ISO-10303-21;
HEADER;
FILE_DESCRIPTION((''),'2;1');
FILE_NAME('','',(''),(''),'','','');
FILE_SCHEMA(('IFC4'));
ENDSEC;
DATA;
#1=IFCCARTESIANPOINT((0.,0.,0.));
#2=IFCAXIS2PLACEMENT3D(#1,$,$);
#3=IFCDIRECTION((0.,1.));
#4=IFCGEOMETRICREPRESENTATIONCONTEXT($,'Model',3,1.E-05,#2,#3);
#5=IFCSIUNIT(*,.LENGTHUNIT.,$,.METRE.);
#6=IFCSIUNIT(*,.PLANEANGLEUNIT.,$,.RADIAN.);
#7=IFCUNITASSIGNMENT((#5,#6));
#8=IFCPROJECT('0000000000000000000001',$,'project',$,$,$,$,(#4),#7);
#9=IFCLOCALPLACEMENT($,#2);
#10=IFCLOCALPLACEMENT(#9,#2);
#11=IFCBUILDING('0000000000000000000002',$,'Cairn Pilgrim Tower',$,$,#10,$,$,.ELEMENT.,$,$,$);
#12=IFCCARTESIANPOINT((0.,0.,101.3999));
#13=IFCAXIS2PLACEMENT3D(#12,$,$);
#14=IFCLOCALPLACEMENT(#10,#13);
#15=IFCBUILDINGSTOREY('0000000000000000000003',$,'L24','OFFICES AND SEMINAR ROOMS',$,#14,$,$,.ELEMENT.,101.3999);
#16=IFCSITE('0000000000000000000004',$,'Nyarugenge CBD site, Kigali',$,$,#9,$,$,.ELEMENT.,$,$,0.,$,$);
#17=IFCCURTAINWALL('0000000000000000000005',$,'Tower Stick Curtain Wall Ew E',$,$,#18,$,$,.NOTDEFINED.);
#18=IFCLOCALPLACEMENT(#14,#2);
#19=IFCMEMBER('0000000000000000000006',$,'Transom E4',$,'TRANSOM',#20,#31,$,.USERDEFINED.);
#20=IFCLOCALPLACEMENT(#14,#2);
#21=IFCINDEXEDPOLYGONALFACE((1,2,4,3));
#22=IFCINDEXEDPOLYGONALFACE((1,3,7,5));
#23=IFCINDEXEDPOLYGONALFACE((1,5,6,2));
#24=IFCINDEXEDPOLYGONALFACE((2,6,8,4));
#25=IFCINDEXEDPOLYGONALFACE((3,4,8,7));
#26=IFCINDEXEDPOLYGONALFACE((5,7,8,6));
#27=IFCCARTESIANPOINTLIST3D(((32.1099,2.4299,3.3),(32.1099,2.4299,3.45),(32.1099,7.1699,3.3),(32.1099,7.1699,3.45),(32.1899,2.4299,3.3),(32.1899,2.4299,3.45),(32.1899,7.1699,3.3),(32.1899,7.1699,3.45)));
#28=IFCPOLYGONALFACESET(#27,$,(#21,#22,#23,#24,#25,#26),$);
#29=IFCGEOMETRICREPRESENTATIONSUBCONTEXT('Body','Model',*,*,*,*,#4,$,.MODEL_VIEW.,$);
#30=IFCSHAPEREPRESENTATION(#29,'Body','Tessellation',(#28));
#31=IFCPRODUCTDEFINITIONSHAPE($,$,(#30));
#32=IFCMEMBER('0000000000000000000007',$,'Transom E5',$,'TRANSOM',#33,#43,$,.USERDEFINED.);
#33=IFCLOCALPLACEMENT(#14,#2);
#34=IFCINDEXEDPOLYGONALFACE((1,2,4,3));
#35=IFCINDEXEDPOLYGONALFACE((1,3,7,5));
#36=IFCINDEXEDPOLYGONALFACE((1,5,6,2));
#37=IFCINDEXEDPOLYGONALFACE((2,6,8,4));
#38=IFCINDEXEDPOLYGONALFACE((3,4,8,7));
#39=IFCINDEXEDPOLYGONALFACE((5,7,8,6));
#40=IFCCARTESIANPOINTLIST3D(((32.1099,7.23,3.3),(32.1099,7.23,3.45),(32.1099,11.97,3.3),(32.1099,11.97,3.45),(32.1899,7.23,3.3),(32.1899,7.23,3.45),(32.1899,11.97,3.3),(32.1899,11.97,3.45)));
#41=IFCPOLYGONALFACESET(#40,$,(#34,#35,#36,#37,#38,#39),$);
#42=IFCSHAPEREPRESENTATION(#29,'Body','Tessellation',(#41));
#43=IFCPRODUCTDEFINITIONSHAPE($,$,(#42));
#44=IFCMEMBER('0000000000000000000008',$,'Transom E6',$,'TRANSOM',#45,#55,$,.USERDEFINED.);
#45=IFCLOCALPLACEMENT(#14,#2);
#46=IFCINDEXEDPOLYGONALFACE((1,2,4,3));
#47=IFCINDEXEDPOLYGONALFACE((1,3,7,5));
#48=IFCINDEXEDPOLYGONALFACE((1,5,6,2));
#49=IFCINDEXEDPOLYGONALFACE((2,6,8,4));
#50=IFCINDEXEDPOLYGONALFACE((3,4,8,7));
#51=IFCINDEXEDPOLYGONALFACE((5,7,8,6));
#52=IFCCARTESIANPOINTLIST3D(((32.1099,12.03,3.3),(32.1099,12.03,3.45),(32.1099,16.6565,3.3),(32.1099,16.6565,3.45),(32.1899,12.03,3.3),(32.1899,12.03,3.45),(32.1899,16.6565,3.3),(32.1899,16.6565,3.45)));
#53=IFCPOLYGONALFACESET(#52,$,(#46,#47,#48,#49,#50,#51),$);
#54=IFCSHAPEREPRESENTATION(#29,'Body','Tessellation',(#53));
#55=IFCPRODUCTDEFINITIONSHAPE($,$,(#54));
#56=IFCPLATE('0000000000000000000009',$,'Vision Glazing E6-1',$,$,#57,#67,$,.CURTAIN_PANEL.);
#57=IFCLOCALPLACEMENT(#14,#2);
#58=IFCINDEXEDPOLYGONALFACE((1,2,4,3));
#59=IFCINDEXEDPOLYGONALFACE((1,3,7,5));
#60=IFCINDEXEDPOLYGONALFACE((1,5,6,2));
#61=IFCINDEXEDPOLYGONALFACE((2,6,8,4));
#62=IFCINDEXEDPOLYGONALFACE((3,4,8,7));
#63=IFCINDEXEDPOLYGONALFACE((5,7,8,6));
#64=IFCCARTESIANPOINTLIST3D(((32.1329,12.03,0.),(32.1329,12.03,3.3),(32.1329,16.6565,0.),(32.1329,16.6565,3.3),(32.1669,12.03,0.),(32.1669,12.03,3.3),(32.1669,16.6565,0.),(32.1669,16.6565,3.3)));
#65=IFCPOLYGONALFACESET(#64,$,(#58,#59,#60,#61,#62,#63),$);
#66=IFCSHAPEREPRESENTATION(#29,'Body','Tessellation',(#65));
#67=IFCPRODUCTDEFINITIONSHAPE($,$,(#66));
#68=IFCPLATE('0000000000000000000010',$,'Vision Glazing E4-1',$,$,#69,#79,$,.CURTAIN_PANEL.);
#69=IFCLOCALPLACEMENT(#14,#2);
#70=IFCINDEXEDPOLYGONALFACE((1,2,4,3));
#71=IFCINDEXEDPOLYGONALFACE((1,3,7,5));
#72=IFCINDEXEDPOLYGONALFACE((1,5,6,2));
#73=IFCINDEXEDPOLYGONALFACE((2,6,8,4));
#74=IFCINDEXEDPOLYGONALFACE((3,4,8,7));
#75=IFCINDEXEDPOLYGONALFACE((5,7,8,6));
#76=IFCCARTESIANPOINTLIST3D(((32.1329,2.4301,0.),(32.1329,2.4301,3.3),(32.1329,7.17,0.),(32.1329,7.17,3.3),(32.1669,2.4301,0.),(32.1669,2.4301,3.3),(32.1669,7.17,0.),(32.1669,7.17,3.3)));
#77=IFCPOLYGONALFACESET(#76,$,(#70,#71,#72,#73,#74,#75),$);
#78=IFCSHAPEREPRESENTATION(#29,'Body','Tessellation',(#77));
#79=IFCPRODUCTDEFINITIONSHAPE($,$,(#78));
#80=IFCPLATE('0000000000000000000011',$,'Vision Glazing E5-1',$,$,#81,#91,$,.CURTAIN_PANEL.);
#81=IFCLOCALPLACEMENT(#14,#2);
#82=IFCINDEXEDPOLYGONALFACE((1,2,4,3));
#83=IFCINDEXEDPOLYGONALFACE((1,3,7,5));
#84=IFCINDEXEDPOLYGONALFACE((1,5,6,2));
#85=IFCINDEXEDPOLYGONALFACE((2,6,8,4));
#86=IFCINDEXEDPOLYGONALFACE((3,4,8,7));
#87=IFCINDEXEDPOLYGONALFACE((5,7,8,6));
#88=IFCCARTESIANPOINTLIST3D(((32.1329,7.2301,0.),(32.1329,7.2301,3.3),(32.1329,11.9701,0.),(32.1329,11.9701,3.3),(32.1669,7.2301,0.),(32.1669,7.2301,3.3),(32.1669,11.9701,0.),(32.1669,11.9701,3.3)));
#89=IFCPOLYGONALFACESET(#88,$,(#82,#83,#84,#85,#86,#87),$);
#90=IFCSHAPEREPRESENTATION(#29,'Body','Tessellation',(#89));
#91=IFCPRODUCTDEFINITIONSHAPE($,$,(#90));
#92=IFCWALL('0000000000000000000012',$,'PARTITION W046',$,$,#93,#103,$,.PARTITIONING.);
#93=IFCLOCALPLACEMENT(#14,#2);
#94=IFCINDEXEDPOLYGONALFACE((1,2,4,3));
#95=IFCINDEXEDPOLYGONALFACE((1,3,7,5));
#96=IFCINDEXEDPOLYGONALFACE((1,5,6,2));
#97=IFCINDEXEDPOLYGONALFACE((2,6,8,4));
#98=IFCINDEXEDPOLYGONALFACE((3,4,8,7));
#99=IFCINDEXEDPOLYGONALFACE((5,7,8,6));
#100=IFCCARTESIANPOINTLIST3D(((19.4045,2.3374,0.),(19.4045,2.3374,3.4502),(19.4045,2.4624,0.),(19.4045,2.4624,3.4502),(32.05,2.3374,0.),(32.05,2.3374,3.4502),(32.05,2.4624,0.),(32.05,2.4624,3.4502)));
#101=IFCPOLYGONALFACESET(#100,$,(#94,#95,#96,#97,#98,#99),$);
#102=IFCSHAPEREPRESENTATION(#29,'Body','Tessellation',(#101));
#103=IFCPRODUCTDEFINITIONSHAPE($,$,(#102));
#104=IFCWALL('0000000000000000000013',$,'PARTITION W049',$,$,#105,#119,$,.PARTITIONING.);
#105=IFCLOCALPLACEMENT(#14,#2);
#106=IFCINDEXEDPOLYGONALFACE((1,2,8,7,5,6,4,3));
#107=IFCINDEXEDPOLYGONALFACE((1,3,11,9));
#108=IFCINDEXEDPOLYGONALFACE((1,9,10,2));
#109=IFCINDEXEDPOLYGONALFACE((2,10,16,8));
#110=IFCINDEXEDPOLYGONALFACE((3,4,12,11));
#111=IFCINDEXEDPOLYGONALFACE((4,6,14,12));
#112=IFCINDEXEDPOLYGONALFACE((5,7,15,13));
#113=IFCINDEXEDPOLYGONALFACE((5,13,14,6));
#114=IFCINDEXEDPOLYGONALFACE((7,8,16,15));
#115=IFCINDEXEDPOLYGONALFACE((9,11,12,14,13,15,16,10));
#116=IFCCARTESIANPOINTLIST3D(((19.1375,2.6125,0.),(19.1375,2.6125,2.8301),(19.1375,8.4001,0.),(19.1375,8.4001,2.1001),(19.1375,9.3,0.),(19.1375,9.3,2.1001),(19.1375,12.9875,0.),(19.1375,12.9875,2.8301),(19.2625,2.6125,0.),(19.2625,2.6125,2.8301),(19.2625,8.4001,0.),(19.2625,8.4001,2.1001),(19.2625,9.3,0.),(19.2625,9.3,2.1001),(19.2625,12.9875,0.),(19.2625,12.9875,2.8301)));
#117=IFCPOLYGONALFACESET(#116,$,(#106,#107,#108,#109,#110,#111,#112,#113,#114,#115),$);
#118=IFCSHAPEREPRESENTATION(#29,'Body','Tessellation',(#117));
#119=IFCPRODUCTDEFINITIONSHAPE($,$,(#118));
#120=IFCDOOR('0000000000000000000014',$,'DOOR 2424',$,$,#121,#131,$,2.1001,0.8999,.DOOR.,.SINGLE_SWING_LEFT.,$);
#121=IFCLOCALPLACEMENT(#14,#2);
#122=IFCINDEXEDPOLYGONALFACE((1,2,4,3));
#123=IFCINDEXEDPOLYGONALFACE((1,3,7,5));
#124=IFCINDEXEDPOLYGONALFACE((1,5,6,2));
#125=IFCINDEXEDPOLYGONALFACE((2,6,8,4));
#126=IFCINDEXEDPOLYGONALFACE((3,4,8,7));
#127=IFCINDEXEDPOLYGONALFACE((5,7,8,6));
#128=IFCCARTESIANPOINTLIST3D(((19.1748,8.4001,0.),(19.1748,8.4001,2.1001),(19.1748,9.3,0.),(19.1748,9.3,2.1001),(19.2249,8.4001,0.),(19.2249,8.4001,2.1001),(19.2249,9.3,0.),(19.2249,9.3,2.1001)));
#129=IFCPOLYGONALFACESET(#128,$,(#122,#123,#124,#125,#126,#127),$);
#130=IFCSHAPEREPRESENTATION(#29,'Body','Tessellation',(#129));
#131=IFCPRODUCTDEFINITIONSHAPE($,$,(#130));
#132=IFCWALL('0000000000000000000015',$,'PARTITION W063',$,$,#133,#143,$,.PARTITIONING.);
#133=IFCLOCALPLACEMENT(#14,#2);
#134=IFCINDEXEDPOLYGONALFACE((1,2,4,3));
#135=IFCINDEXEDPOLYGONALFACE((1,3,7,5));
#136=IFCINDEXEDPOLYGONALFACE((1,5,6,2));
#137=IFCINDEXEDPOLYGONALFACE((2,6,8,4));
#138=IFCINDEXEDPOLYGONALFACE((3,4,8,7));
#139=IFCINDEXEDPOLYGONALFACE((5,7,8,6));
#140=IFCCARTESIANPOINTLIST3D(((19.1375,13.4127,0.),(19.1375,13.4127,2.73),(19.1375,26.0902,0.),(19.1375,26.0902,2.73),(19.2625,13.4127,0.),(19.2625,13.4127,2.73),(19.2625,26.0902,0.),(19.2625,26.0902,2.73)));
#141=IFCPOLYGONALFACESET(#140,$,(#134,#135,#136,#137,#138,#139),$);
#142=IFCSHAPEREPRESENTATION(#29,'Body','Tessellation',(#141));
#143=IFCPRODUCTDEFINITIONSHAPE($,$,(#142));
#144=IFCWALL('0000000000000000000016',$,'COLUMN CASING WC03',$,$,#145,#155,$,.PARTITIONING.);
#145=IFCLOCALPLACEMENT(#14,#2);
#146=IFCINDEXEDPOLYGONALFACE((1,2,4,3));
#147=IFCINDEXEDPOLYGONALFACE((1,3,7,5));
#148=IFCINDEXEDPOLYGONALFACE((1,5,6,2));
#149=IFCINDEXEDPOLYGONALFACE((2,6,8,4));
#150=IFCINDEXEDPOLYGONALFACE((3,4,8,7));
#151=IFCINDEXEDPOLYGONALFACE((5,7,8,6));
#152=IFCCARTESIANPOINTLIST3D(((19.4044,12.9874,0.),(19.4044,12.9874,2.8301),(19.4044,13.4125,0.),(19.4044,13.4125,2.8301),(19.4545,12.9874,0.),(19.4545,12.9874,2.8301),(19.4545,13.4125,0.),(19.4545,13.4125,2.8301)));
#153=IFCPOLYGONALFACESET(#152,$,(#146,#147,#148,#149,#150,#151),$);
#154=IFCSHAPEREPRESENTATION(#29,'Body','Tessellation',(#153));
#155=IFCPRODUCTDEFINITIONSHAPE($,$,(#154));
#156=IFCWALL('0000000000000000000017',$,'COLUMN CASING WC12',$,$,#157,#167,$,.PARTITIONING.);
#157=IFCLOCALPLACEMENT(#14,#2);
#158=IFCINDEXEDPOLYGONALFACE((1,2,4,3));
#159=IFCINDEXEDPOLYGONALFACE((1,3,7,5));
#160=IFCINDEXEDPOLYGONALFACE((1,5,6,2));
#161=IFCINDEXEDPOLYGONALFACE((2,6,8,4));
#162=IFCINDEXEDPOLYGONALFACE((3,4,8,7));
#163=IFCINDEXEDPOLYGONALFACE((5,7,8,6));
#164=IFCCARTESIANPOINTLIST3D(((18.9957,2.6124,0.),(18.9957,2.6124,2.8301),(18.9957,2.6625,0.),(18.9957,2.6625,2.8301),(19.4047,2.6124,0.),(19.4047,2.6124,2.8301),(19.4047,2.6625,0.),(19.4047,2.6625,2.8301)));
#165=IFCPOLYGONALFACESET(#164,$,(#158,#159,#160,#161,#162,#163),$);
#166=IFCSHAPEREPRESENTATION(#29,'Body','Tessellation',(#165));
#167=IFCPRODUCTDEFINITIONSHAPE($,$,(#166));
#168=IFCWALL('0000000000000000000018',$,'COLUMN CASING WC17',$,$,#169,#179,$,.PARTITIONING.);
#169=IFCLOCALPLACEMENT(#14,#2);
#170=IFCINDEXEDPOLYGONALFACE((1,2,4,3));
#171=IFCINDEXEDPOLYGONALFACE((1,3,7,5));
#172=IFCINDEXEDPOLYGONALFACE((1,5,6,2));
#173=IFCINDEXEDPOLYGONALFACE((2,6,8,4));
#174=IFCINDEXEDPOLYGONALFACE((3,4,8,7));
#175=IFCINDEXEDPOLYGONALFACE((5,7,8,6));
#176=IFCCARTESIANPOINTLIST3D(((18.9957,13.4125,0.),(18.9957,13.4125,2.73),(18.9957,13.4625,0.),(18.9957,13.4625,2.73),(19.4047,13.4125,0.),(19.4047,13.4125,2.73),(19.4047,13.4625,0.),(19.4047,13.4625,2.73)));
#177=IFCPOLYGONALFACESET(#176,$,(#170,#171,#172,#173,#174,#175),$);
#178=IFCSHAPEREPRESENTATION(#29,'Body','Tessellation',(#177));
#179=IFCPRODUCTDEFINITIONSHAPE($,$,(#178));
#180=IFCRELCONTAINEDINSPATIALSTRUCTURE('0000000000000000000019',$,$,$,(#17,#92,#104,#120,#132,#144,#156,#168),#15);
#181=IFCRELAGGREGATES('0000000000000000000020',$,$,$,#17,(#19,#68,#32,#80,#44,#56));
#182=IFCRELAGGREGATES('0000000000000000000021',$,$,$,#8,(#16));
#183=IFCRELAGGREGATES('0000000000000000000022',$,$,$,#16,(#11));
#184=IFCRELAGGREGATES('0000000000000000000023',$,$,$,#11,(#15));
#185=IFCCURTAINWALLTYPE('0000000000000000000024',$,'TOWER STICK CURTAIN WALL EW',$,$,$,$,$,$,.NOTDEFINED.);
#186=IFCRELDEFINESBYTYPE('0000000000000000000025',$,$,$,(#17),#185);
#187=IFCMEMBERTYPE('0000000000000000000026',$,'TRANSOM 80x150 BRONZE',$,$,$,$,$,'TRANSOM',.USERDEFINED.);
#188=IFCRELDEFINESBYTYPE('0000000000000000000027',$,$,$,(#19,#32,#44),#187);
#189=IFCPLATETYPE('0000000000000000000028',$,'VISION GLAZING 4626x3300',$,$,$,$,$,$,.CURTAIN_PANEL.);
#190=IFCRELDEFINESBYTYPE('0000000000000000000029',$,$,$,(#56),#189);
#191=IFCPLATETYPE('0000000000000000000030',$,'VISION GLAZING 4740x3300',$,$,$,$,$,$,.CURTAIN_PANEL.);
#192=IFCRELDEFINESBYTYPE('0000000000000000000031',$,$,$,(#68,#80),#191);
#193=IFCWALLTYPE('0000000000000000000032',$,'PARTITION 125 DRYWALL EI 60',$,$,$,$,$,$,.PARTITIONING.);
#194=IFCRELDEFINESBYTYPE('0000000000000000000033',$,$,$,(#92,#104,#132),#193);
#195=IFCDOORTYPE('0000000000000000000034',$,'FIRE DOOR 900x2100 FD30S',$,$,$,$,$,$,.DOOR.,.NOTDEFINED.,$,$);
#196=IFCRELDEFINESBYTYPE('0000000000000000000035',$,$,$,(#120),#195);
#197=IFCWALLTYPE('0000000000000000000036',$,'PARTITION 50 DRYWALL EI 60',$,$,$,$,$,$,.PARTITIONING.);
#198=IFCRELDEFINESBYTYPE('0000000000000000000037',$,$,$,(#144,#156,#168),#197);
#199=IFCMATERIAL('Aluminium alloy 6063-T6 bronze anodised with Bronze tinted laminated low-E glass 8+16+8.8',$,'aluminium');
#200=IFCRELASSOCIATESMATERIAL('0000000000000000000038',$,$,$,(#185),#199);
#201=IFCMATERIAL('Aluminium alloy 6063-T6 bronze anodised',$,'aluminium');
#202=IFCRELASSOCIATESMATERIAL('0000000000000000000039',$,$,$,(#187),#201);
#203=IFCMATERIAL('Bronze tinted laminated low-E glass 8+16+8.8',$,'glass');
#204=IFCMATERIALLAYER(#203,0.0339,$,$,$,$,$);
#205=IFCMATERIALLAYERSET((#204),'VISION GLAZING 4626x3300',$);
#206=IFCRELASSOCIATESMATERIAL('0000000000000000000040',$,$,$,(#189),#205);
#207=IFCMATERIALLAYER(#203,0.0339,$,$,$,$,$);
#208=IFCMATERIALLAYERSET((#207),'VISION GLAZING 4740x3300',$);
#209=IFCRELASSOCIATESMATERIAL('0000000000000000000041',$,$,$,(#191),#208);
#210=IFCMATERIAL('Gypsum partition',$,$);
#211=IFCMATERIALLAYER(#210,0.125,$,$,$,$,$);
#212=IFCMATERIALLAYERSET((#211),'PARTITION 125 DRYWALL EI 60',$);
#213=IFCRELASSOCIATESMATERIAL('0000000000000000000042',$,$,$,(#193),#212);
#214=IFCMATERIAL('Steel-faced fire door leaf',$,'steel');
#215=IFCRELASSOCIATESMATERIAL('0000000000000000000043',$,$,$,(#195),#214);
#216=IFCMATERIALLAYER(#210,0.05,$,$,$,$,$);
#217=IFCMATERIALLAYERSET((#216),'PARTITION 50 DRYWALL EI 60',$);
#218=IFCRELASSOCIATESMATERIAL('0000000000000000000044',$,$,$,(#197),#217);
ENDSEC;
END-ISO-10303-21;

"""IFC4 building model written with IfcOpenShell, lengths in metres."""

from ifc_helpers import new_model, si_unit, direction, frame, frame_2d, origin, origin_2d, place, context, subcontext, project, spatial, rectangle, extrude, material, layer, layer_set, material_profile, profile_set, type_object, element, fill, aggregate, save


model = new_model("IFC4")

# Units and contexts
model_context = context("Model", 3, precision=1e-05, world=origin(), true_north=direction((0.0, 1.0)))
body_context = subcontext(model_context, "Body", "Model", "MODEL_VIEW")
ifc_project = project(units=[si_unit("LENGTHUNIT", "METRE"), si_unit("PLANEANGLEUNIT", "RADIAN")], contexts=[model_context])

# Site, building, storey
site_placement = place(None, origin())
site = spatial("IfcSite", under=ifc_project, at=site_placement, Name="Nyarugenge CBD site, Kigali", CompositionType="ELEMENT", RefElevation=0.0)
building_placement = place(site_placement, origin())
building = spatial("IfcBuilding", under=site, at=building_placement, Name="Cairn Pilgrim Tower", CompositionType="ELEMENT")
storey_placement = place(building_placement, frame((0.0, 0.0, 101.3999)))
storey = spatial("IfcBuildingStorey", under=building, at=storey_placement, Name="L24", Description="OFFICES AND SEMINAR ROOMS", CompositionType="ELEMENT", Elevation=101.3999)

# Curtain wall
ifc_material_1 = material(Name="Aluminium alloy 6063-T6 bronze anodised with Bronze tinted laminated low-E glass 8+16+8.8", Category="aluminium")
curtain_wall_type = type_object("IfcCurtainWallType", Name="TOWER STICK CURTAIN WALL EW", PredefinedType="NOTDEFINED", material=ifc_material_1)
curtain_wall_placement = place(storey_placement, origin())
curtain_wall = element("IfcCurtainWall", 1, at=curtain_wall_placement, inside=storey, type_object=curtain_wall_type, Name="Tower Stick Curtain Wall Ew E", PredefinedType="NOTDEFINED")
ifc_material_2 = material(Name="Aluminium alloy 6063-T6 bronze anodised", Category="aluminium")

# Members
ifc_material_profile_1 = material_profile(ifc_material_2, rectangle(XDim=0.0801, YDim=0.1499, at=origin_2d()), Name="TRANSOM 80x150 BRONZE")
ifc_profile_set_1 = profile_set([ifc_material_profile_1], Name="Aluminium alloy 6063-T6 bronze anodised")
member_type_1 = type_object("IfcMemberType", Name="TRANSOM 80x150 BRONZE", ElementType="TRANSOM", PredefinedType="USERDEFINED", material=ifc_profile_set_1)
member_1_placement = place(storey_placement, frame((32.1499, 2.4299, 3.375), z_axis=(0.0, 1.0, 0.0), x_axis=(-1.0, 0.0, 0.0)))
member_1 = element("IfcMember", 2, at=member_1_placement, type_object=member_type_1, Name="Transom E4", ObjectType="TRANSOM", PredefinedType="USERDEFINED", context=body_context, shape_type="SweptSolid", body=[
    extrude(rectangle(XDim=0.0801, YDim=0.1499, at=origin_2d()), origin(), (0.0, 0.0, 1.0), 4.74),
])
member_2_placement = place(storey_placement, frame((32.1499, 7.23, 3.375), z_axis=(0.0, 1.0, 0.0), x_axis=(-1.0, 0.0, 0.0)))
member_2 = element("IfcMember", 3, at=member_2_placement, type_object=member_type_1, Name="Transom E5", ObjectType="TRANSOM", PredefinedType="USERDEFINED", context=body_context, shape_type="SweptSolid", body=[
    extrude(rectangle(XDim=0.0801, YDim=0.1499, at=origin_2d()), origin(), (0.0, 0.0, 1.0), 4.74),
])
member_3_placement = place(storey_placement, frame((32.1499, 12.03, 3.375), z_axis=(0.0, 1.0, 0.0), x_axis=(-1.0, 0.0, 0.0)))
member_3 = element("IfcMember", 4, at=member_3_placement, type_object=member_type_1, Name="Transom E6", ObjectType="TRANSOM", PredefinedType="USERDEFINED", context=body_context, shape_type="SweptSolid", body=[
    extrude(rectangle(XDim=0.0801, YDim=0.1499, at=origin_2d()), origin(), (0.0, 0.0, 1.0), 4.6265),
])

# Plates
ifc_material_3 = material(Name="Bronze tinted laminated low-E glass 8+16+8.8", Category="glass")
ifc_layer_1 = layer(ifc_material_3, 0.0339)
ifc_layer_set_1 = layer_set([ifc_layer_1], Name="VISION GLAZING 4626x3300")
plate_type_1 = type_object("IfcPlateType", Name="VISION GLAZING 4626x3300", PredefinedType="CURTAIN_PANEL", material=ifc_layer_set_1)
plate_1_placement = place(storey_placement, frame((32.1499, 14.3433, 0.0), z_axis=(0.0, 0.0, 1.0), x_axis=(0.0, 1.0, 0.0)))
plate_1 = element("IfcPlate", 5, at=plate_1_placement, type_object=plate_type_1, Name="Vision Glazing E6-1", PredefinedType="CURTAIN_PANEL", context=body_context, shape_type="SweptSolid", body=[
    extrude(rectangle(XDim=4.6265, YDim=0.0339, at=origin_2d()), origin(), (0.0, 0.0, 1.0), 3.3),
])
ifc_layer_2 = layer(ifc_material_3, 0.0339)
ifc_layer_set_2 = layer_set([ifc_layer_2], Name="VISION GLAZING 4740x3300")
plate_type_2 = type_object("IfcPlateType", Name="VISION GLAZING 4740x3300", PredefinedType="CURTAIN_PANEL", material=ifc_layer_set_2)
plate_2_placement = place(storey_placement, frame((32.1499, 4.8, 0.0), z_axis=(0.0, 0.0, 1.0), x_axis=(0.0, 1.0, 0.0)))
plate_2 = element("IfcPlate", 6, at=plate_2_placement, type_object=plate_type_2, Name="Vision Glazing E4-1", PredefinedType="CURTAIN_PANEL", context=body_context, shape_type="SweptSolid", body=[
    extrude(rectangle(XDim=4.74, YDim=0.0339, at=origin_2d()), origin(), (0.0, 0.0, 1.0), 3.3),
])
plate_3_placement = place(storey_placement, frame((32.1499, 9.6001, 0.0), z_axis=(0.0, 0.0, 1.0), x_axis=(0.0, 1.0, 0.0)))
plate_3 = element("IfcPlate", 7, at=plate_3_placement, type_object=plate_type_2, Name="Vision Glazing E5-1", PredefinedType="CURTAIN_PANEL", context=body_context, shape_type="SweptSolid", body=[
    extrude(rectangle(XDim=4.74, YDim=0.0339, at=origin_2d()), origin(), (0.0, 0.0, 1.0), 3.3),
])
aggregate(curtain_wall, [member_1, plate_2, member_2, plate_3, member_3, plate_1])

# Wall
ifc_material_4 = material(Name="Gypsum partition")
ifc_layer_3 = layer(ifc_material_4, 0.125)
ifc_layer_set_3 = layer_set([ifc_layer_3], Name="PARTITION 125 DRYWALL EI 60")
wall_type_1 = type_object("IfcWallType", Name="PARTITION 125 DRYWALL EI 60", PredefinedType="PARTITIONING", material=ifc_layer_set_3)
wall_1_placement = place(storey_placement, frame((19.4045, 2.3999, 0.0), z_axis=(0.0, 0.0, 1.0), x_axis=(1.0, 0.0, 0.0)))
element("IfcWall", 8, at=wall_1_placement, inside=storey, type_object=wall_type_1, Name="PARTITION W046", PredefinedType="PARTITIONING", context=body_context, shape_type="SweptSolid", body=[
    extrude(rectangle(XDim=12.6455, YDim=0.125, at=frame_2d((6.3228, 0.0))), origin(), (0.0, 0.0, 1.0), 3.4502),
])

# Wall, opening, door
wall_2_placement = place(storey_placement, frame((19.2, 2.6125, 0.0), z_axis=(0.0, 0.0, 1.0), x_axis=(0.0, 1.0, 0.0)))
wall_2 = element("IfcWall", 9, at=wall_2_placement, inside=storey, type_object=wall_type_1, Name="PARTITION W049", PredefinedType="PARTITIONING", context=body_context, shape_type="SweptSolid", body=[
    extrude(rectangle(XDim=10.375, YDim=0.125, at=frame_2d((5.1875, 0.0))), origin(), (0.0, 0.0, 1.0), 2.8301),
])
opening_placement = place(wall_2_placement, frame((5.7876, 0.0, 0.0)))
opening = element("IfcOpeningElement", 10, at=opening_placement, cuts=wall_2, PredefinedType="OPENING", context=body_context, shape_type="SweptSolid", body=[
    extrude(rectangle(XDim=0.8999, YDim=2.1001, at=frame_2d((0.45, 1.05))), frame((0.0, 0.0725, 0.0), z_axis=(0.0, -1.0, 0.0), x_axis=(1.0, 0.0, 0.0)), (0.0, 0.0, 1.0), 0.145),
])
ifc_material_5 = material(Name="Steel-faced fire door leaf", Category="steel")
door_type = type_object("IfcDoorType", Name="FIRE DOOR 900x2100 FD30S", OperationType="NOTDEFINED", PredefinedType="DOOR", material=ifc_material_5)
door_placement = place(opening_placement, frame((0.8999, 0.0, 0.0), z_axis=(0.0, 0.0, 1.0), x_axis=(-1.0, 0.0, 0.0)))
door = element("IfcDoor", 11, at=door_placement, inside=storey, type_object=door_type, Name="DOOR 2424", OperationType="SINGLE_SWING_LEFT", OverallHeight=2.1001, OverallWidth=0.8999, PredefinedType="DOOR", context=body_context, shape_type="SweptSolid", body=[
    extrude(rectangle(XDim=0.8999, YDim=2.1001, at=frame_2d((0.45, 1.05))), frame((0.0, 0.0249, 0.0), z_axis=(0.0, -1.0, 0.0), x_axis=(1.0, 0.0, 0.0)), (0.0, 0.0, 1.0), 0.05),
])
fill(opening, door)

# Walls
wall_3_placement = place(storey_placement, frame((19.2, 13.4126, 0.0), z_axis=(0.0, 0.0, 1.0), x_axis=(0.0, 1.0, 0.0)))
element("IfcWall", 12, at=wall_3_placement, inside=storey, type_object=wall_type_1, Name="PARTITION W063", PredefinedType="PARTITIONING", context=body_context, shape_type="SweptSolid", body=[
    extrude(rectangle(XDim=12.6775, YDim=0.125, at=frame_2d((6.3389, 0.0))), origin(), (0.0, 0.0, 1.0), 2.73),
])
ifc_layer_4 = layer(ifc_material_4, 0.05)
ifc_layer_set_4 = layer_set([ifc_layer_4], Name="PARTITION 50 DRYWALL EI 60")
wall_type_2 = type_object("IfcWallType", Name="PARTITION 50 DRYWALL EI 60", PredefinedType="PARTITIONING", material=ifc_layer_set_4)
wall_4_placement = place(storey_placement, frame((19.4294, 12.9875, 0.0), z_axis=(0.0, 0.0, 1.0), x_axis=(0.0, 1.0, 0.0)))
element("IfcWall", 13, at=wall_4_placement, inside=storey, type_object=wall_type_2, Name="COLUMN CASING WC03", PredefinedType="PARTITIONING", context=body_context, shape_type="SweptSolid", body=[
    extrude(rectangle(XDim=0.425, YDim=0.05, at=frame_2d((0.2124, 0.0))), origin(), (0.0, 0.0, 1.0), 2.8301),
])
wall_5_placement = place(storey_placement, frame((18.9956, 2.6375, 0.0), z_axis=(0.0, 0.0, 1.0), x_axis=(1.0, 0.0, 0.0)))
element("IfcWall", 14, at=wall_5_placement, inside=storey, type_object=wall_type_2, Name="COLUMN CASING WC12", PredefinedType="PARTITIONING", context=body_context, shape_type="SweptSolid", body=[
    extrude(rectangle(XDim=0.4089, YDim=0.05, at=frame_2d((0.2046, 0.0))), origin(), (0.0, 0.0, 1.0), 2.8301),
])
wall_6_placement = place(storey_placement, frame((18.9956, 13.4375, 0.0), z_axis=(0.0, 0.0, 1.0), x_axis=(1.0, 0.0, 0.0)))
element("IfcWall", 15, at=wall_6_placement, inside=storey, type_object=wall_type_2, Name="COLUMN CASING WC17", PredefinedType="PARTITIONING", context=body_context, shape_type="SweptSolid", body=[
    extrude(rectangle(XDim=0.4089, YDim=0.05, at=frame_2d((0.2046, 0.0))), origin(), (0.0, 0.0, 1.0), 2.73),
])

save(model, "model.ifc")
